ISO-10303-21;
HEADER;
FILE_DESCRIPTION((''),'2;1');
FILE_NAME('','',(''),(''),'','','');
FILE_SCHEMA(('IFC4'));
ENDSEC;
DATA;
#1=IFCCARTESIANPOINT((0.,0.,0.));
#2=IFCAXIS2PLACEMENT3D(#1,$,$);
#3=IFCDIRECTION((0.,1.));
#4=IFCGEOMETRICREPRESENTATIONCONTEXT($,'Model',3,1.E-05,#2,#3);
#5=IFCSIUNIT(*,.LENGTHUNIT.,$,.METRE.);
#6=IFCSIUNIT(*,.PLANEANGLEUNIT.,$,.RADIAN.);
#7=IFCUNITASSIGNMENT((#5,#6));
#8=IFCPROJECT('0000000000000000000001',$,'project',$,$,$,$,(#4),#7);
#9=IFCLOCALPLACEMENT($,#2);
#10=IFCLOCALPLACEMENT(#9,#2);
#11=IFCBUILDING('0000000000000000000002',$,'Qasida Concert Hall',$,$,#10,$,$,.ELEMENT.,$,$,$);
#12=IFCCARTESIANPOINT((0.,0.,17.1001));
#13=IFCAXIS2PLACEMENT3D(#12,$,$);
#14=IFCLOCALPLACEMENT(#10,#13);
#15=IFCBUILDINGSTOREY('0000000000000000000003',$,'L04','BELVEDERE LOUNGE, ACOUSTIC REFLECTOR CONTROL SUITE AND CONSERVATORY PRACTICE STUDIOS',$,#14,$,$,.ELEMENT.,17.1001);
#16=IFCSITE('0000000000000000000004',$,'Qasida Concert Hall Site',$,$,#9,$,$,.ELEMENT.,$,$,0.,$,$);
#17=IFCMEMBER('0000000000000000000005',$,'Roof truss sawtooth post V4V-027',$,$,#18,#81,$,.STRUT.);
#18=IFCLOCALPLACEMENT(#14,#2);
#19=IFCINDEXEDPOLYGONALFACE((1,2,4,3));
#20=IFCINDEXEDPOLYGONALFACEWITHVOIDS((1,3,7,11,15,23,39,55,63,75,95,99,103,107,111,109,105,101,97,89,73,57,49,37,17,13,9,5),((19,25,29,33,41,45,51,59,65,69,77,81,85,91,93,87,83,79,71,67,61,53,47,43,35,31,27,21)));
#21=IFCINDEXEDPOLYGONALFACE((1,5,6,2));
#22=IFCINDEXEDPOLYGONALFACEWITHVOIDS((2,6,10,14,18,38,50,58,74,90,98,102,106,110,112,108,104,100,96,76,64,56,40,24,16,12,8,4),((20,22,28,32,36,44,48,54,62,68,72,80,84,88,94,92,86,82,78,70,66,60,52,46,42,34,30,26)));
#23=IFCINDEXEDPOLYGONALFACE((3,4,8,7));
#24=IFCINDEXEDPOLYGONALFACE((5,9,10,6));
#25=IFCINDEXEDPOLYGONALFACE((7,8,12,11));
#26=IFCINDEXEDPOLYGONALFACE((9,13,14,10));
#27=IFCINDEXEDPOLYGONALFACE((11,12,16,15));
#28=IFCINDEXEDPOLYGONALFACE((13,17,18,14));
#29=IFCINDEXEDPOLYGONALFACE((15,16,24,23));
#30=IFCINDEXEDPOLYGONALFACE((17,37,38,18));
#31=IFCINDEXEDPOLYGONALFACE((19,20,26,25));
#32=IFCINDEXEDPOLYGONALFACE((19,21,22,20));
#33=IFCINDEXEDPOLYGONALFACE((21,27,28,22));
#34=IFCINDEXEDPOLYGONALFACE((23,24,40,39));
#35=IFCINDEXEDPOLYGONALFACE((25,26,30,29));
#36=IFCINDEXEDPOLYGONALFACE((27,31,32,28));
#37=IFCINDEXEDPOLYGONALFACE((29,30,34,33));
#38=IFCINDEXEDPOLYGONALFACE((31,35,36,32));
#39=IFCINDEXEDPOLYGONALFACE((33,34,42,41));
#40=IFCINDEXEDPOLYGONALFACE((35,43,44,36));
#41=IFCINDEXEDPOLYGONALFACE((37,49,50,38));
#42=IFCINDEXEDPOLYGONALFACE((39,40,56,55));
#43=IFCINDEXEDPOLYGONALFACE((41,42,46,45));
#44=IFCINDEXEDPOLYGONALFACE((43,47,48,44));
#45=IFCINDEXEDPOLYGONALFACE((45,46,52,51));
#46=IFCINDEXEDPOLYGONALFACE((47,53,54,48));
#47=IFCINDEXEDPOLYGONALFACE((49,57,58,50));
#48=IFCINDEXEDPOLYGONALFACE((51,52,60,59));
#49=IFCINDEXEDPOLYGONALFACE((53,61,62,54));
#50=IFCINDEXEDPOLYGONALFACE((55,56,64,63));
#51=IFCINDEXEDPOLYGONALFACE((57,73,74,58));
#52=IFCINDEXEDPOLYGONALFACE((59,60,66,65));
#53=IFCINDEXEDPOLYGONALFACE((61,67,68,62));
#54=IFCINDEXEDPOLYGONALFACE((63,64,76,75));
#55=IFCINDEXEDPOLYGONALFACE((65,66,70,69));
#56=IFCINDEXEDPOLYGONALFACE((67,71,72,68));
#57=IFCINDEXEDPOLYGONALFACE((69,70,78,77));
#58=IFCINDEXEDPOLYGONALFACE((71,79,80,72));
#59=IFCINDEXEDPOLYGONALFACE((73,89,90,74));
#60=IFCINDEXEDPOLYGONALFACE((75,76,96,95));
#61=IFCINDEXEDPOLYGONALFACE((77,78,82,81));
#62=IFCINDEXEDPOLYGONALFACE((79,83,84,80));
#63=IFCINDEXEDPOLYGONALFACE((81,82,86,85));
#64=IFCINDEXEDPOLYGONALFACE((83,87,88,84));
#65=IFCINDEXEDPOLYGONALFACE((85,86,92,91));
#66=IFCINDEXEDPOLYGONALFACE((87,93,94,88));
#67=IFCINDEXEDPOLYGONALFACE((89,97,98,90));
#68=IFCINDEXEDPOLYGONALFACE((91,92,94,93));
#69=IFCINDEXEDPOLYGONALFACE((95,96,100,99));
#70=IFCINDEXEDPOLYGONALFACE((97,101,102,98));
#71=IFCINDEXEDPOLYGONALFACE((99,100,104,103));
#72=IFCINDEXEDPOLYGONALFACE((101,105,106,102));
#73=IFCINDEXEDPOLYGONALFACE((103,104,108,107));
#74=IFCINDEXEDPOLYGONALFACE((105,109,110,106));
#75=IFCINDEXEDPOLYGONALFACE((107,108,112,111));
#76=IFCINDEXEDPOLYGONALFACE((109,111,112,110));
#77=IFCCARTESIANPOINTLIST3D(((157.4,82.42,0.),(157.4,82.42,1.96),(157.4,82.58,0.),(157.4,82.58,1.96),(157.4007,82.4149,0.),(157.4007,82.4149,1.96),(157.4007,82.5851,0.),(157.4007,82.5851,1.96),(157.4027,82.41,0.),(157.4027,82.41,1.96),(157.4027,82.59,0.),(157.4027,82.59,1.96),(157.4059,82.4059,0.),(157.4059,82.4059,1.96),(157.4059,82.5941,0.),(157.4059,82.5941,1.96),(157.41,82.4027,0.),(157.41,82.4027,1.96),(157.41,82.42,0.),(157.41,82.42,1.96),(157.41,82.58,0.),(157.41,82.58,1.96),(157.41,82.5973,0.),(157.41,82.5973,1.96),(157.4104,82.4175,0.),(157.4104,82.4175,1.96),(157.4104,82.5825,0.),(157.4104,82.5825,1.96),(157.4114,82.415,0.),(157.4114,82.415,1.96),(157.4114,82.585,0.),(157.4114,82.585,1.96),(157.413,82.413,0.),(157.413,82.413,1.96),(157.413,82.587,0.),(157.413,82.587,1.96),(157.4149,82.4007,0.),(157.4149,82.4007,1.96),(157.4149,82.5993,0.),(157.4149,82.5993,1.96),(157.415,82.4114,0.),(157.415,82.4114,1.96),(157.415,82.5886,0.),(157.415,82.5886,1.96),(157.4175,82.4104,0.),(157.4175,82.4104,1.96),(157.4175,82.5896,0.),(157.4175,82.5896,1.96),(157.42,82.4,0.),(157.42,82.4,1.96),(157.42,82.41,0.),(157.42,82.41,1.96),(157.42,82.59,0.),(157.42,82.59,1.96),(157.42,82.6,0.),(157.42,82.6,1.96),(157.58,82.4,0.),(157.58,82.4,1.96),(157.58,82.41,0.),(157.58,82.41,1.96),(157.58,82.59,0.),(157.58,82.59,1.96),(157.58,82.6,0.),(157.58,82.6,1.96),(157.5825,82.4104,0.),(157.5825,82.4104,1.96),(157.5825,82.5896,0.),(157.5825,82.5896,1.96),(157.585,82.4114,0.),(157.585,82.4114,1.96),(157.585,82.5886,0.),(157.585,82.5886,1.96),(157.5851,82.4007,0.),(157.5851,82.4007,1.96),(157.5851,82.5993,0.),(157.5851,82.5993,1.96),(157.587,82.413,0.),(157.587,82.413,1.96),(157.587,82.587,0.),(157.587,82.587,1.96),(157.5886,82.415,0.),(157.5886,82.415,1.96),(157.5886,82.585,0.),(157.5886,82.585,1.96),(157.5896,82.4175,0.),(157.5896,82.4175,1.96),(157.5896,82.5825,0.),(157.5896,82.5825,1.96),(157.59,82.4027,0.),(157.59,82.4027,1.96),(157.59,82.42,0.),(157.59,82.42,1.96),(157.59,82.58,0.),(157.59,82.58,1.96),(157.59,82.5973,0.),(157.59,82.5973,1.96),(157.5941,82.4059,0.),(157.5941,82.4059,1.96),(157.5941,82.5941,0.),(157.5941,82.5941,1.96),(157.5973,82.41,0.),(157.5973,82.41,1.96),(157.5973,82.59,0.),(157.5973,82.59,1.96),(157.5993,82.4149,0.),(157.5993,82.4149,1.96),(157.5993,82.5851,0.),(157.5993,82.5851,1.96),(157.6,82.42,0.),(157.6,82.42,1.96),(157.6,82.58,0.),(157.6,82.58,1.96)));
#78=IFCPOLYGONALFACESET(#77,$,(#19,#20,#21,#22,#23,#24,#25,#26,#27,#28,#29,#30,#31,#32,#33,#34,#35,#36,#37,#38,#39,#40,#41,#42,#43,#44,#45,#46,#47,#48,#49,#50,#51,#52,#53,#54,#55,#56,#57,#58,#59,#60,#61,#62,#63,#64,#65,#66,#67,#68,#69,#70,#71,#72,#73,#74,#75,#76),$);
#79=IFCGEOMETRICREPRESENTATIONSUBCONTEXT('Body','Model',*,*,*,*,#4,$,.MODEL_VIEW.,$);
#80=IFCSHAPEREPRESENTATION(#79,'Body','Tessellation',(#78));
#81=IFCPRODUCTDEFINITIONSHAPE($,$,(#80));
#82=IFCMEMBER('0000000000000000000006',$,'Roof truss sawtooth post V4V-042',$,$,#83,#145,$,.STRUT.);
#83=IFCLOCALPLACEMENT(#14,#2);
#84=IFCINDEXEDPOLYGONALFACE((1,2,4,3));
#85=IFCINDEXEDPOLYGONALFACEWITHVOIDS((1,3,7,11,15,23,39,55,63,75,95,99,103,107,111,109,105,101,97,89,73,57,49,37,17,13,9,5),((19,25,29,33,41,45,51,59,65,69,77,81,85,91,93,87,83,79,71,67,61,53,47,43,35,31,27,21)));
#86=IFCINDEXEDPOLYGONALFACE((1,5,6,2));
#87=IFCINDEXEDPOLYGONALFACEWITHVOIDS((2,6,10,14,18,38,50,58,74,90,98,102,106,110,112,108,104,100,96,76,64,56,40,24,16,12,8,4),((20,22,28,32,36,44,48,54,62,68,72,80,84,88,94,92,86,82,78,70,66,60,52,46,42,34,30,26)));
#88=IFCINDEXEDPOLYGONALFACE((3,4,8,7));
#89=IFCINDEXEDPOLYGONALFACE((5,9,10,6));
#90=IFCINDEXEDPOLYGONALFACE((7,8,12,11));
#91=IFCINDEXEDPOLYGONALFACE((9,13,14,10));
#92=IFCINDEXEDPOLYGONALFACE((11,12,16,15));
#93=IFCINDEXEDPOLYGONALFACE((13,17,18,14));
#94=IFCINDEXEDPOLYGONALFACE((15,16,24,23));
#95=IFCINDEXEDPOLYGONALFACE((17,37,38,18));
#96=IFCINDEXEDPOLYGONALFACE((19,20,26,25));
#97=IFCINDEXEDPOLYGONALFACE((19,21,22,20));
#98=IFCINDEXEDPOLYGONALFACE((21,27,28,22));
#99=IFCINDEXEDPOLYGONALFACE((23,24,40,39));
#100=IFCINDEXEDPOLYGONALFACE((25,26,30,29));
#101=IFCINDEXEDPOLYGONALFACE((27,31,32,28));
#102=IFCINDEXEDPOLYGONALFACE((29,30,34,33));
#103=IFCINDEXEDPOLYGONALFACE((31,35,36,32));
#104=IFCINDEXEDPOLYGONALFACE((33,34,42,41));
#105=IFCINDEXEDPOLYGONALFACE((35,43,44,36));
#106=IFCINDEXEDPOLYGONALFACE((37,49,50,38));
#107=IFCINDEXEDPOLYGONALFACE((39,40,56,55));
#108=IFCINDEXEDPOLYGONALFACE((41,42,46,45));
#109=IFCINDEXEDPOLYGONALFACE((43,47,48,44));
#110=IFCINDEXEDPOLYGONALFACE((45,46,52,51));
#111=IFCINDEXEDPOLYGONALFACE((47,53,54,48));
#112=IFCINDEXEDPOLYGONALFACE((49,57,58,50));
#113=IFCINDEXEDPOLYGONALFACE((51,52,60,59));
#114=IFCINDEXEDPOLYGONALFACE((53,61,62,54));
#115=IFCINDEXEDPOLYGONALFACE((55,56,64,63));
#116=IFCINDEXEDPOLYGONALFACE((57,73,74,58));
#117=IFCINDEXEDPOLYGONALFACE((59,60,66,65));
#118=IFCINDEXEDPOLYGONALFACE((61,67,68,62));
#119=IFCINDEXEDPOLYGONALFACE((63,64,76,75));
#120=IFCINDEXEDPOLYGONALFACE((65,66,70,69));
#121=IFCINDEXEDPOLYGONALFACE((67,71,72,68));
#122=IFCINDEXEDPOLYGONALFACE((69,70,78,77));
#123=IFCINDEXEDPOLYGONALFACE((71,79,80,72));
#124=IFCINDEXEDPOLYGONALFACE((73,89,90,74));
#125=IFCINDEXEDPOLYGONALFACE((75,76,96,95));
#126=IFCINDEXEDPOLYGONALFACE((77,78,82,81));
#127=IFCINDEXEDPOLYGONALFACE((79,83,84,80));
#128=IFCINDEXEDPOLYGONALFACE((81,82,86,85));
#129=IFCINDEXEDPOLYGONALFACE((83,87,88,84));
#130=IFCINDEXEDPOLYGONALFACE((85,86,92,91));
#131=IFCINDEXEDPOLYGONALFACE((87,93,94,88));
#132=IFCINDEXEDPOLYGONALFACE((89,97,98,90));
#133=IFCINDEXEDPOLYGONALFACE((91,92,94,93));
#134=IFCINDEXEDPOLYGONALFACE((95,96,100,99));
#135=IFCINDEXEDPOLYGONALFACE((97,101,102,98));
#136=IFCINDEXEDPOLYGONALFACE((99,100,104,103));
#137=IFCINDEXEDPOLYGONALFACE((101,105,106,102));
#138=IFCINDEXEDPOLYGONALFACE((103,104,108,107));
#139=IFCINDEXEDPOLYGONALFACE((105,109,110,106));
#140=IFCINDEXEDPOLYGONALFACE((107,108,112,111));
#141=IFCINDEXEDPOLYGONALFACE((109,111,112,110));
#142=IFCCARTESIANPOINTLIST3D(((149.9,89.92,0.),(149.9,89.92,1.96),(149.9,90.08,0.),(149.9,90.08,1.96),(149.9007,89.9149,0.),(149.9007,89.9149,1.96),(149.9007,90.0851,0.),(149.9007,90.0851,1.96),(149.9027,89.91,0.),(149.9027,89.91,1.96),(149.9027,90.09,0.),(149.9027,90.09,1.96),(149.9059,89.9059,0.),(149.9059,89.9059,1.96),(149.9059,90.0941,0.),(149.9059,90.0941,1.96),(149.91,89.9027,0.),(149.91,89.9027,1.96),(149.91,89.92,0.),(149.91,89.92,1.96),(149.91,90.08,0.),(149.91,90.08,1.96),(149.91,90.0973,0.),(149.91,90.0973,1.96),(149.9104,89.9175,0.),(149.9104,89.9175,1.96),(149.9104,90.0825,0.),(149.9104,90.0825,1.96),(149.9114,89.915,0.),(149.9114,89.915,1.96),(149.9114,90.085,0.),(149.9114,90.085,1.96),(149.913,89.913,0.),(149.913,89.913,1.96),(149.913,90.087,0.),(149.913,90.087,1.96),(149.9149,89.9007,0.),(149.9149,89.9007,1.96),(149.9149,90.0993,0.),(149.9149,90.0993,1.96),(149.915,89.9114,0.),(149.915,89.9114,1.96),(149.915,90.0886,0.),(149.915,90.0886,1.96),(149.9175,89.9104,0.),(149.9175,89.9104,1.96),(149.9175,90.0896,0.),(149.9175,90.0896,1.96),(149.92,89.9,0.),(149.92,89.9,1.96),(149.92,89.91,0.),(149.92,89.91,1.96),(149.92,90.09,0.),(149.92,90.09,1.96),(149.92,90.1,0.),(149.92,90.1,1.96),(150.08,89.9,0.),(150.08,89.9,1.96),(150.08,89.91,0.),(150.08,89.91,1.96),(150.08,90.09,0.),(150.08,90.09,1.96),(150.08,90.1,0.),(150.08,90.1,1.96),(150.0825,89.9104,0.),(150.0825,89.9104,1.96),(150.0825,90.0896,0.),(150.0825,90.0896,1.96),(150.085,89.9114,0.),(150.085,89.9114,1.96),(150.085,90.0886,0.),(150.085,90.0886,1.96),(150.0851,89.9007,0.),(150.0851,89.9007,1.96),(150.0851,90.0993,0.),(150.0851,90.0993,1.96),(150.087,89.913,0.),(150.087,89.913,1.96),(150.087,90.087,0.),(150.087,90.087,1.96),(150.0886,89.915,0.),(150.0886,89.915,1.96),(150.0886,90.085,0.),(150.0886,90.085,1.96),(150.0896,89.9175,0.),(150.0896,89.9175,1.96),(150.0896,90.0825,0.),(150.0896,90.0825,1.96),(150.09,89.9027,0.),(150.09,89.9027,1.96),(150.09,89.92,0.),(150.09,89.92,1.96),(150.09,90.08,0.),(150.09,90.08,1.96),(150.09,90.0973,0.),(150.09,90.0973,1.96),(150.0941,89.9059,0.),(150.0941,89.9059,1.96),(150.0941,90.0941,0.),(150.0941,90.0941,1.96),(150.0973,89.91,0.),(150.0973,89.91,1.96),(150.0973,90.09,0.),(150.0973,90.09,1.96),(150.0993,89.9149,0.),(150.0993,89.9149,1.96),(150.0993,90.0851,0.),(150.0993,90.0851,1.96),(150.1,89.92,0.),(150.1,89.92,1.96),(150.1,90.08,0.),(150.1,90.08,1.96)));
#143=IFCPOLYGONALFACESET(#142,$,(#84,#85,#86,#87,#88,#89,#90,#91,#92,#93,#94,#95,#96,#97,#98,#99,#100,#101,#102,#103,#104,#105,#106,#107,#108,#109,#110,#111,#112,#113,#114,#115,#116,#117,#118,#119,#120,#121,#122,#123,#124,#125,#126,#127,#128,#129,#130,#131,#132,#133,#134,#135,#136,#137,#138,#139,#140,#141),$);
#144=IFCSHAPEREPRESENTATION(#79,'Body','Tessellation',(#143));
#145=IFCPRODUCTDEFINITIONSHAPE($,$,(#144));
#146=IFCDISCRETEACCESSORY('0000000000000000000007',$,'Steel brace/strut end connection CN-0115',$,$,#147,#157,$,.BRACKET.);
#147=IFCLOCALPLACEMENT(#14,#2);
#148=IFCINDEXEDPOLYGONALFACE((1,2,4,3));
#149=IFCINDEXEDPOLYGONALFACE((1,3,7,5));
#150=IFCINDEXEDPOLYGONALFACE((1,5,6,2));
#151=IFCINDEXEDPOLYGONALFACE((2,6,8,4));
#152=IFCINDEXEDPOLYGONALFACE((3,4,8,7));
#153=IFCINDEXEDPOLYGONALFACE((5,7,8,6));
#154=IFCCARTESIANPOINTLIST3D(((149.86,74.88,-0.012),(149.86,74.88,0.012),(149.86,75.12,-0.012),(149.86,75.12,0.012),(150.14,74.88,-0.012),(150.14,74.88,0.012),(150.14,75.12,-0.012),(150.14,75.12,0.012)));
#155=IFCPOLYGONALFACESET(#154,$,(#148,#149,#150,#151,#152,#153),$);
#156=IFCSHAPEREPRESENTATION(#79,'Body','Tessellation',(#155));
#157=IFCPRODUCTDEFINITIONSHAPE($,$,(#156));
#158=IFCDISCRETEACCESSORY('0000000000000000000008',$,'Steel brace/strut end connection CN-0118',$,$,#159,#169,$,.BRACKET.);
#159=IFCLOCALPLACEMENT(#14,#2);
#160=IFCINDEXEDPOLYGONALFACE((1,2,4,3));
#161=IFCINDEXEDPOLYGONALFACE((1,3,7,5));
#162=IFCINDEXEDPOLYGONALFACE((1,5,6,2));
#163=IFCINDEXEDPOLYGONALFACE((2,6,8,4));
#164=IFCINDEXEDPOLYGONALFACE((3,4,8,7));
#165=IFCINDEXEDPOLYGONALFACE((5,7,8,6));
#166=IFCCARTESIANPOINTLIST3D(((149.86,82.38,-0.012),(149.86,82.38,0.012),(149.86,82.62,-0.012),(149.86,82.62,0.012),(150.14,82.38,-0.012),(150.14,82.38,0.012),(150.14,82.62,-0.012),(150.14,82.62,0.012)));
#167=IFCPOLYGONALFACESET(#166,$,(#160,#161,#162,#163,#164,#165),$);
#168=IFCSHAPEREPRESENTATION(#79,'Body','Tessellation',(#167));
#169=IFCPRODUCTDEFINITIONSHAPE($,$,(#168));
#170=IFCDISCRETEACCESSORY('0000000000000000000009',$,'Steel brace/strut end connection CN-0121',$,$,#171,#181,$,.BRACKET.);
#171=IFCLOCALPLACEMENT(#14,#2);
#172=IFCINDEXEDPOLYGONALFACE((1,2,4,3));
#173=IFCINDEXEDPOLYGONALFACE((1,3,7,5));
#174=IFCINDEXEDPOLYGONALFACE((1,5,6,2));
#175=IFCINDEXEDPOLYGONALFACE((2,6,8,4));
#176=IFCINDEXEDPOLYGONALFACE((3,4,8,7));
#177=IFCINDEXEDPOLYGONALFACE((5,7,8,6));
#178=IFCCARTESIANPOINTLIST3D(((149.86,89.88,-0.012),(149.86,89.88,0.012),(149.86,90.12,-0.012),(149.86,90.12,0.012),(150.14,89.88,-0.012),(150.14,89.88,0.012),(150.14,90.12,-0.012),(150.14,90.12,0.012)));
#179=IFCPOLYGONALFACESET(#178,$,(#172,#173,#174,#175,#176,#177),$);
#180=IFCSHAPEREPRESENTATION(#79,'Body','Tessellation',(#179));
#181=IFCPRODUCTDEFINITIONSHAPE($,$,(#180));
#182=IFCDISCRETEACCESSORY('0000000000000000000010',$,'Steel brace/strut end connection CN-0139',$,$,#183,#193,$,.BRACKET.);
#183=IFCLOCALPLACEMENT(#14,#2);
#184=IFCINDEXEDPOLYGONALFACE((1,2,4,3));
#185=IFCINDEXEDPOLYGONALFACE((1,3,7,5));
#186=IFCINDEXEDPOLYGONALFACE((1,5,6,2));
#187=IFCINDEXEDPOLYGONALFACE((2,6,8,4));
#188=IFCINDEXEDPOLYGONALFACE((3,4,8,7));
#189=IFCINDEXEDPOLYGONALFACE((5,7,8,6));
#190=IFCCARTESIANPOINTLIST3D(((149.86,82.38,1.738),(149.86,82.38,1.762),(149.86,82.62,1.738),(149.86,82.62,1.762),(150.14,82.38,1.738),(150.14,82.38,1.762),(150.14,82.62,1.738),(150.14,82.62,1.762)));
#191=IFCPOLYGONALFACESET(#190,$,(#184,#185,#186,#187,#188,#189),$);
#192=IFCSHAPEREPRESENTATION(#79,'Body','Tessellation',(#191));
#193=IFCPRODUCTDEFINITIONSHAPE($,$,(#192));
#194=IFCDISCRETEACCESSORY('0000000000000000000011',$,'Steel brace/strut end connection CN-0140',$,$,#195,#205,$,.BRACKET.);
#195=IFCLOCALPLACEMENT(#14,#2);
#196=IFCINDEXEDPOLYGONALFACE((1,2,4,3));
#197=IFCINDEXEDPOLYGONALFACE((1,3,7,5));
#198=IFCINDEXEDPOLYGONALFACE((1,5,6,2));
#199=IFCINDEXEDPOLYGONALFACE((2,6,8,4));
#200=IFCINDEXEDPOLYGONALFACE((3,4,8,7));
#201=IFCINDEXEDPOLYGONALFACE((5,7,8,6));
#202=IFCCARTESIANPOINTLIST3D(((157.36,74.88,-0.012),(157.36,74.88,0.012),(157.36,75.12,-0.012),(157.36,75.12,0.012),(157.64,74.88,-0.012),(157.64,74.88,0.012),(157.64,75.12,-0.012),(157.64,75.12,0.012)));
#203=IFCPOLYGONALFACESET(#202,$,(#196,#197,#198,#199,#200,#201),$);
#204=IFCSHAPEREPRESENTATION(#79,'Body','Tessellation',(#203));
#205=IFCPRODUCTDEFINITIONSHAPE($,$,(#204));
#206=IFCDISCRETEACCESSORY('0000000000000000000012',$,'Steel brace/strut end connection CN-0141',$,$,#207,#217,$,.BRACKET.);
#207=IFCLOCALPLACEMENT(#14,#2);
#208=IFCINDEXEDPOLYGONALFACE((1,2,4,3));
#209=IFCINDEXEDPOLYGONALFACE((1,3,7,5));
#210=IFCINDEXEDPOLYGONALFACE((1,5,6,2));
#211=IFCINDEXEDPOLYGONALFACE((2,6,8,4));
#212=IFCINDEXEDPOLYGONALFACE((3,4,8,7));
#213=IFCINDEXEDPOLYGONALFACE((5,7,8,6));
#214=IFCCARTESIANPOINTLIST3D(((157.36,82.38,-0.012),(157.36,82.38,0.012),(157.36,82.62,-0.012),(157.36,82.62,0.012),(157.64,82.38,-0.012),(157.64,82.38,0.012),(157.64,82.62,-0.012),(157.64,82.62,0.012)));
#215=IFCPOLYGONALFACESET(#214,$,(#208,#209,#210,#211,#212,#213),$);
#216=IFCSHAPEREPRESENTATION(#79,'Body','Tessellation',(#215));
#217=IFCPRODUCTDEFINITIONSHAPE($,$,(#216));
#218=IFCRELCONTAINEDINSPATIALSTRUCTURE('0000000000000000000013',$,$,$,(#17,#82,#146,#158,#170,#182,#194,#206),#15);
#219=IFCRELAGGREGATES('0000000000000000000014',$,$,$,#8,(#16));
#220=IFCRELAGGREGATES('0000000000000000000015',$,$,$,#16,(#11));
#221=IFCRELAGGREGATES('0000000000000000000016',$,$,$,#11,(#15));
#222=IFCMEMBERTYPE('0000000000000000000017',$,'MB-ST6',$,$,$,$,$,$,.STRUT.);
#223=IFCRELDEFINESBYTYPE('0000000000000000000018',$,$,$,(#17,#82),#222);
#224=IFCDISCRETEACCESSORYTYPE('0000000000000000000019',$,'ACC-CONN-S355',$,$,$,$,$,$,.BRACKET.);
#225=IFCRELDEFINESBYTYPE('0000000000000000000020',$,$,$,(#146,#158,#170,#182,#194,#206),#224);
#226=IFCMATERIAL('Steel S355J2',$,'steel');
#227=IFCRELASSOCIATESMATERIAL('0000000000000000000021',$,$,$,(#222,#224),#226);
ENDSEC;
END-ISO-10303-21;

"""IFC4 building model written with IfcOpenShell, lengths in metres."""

from ifc_helpers import new_model, si_unit, direction, frame, origin, origin_2d, place, context, subcontext, project, spatial, rectangle, hollow_rectangle, extrude, material, material_profile, profile_set, type_object, element, save


model = new_model("IFC4")

# Units and contexts
model_context = context("Model", 3, precision=1e-05, world=origin(), true_north=direction((0.0, 1.0)))
body_context = subcontext(model_context, "Body", "Model", "MODEL_VIEW")
ifc_project = project(units=[si_unit("LENGTHUNIT", "METRE"), si_unit("PLANEANGLEUNIT", "RADIAN")], contexts=[model_context])

# Site, building, storey
site_placement = place(None, origin())
site = spatial("IfcSite", under=ifc_project, at=site_placement, Name="Qasida Concert Hall Site", CompositionType="ELEMENT", RefElevation=0.0)
building_placement = place(site_placement, origin())
building = spatial("IfcBuilding", under=site, at=building_placement, Name="Qasida Concert Hall", CompositionType="ELEMENT")
storey_placement = place(building_placement, frame((0.0, 0.0, 17.1001)))
storey = spatial("IfcBuildingStorey", under=building, at=storey_placement, Name="L04", Description="BELVEDERE LOUNGE, ACOUSTIC REFLECTOR CONTROL SUITE AND CONSERVATORY PRACTICE STUDIOS", CompositionType="ELEMENT", Elevation=17.1001)

# Members
ifc_material = material(Name="Steel S355J2", Category="steel")
ifc_material_profile_1 = material_profile(ifc_material, hollow_rectangle(XDim=0.2, YDim=0.2, WallThickness=0.01, InnerFilletRadius=0.01, OuterFilletRadius=0.02, at=origin_2d()), Name="SHS 200x200x10")
ifc_profile_set_1 = profile_set([ifc_material_profile_1], Name="Steel S355J2")
member_type_1 = type_object("IfcMemberType", Name="MB-ST6", PredefinedType="STRUT", material=ifc_profile_set_1)
for number, where, z_axis, x_axis, name in (
    (1, (157.5, 82.5, 0.0), (0.0, 0.0, 1.0), (1.0, 0.0, 0.0), "Roof truss sawtooth post V4V-027"),
    (2, (150.0, 90.0, 0.0), (0.0, 0.0, 1.0), (1.0, 0.0, 0.0), "Roof truss sawtooth post V4V-042"),
):
    element("IfcMember", number, at=place(storey_placement, frame(where, z_axis=z_axis, x_axis=x_axis)), inside=storey, type_object=member_type_1, Name=name, PredefinedType="STRUT", context=body_context, shape_type="SweptSolid", body=[
        extrude(hollow_rectangle(XDim=0.2, YDim=0.2, WallThickness=0.01, InnerFilletRadius=0.01, OuterFilletRadius=0.02, at=origin_2d()), origin(), (0.0, 0.0, 1.0), 1.96),
    ])

# Discrete accessories
discrete_accessory_type = type_object("IfcDiscreteAccessoryType", Name="ACC-CONN-S355", PredefinedType="BRACKET", material=ifc_material)
for number, where, z_axis, x_axis, name in (
    (3, (150.0, 75.0, -0.012), (0.0, 0.0, 1.0), (1.0, 0.0, 0.0), "Steel brace/strut end connection CN-0115"),
    (4, (150.0, 82.5, -0.012), (0.0, 0.0, 1.0), (1.0, 0.0, 0.0), "Steel brace/strut end connection CN-0118"),
    (5, (150.0, 90.0, -0.012), (0.0, 0.0, 1.0), (1.0, 0.0, 0.0), "Steel brace/strut end connection CN-0121"),
    (6, (150.0, 82.5, 1.738), (0.0, 0.0, 1.0), (1.0, 0.0, 0.0), "Steel brace/strut end connection CN-0139"),
    (7, (157.5, 75.0, -0.012), (0.0, 0.0, 1.0), (1.0, 0.0, 0.0), "Steel brace/strut end connection CN-0140"),
    (8, (157.5, 82.5, -0.012), (0.0, 0.0, 1.0), (1.0, 0.0, 0.0), "Steel brace/strut end connection CN-0141"),
):
    element("IfcDiscreteAccessory", number, at=place(storey_placement, frame(where, z_axis=z_axis, x_axis=x_axis)), inside=storey, type_object=discrete_accessory_type, Name=name, PredefinedType="BRACKET", context=body_context, shape_type="SweptSolid", body=[
        extrude(rectangle(XDim=0.28, YDim=0.24, at=origin_2d()), origin(), (0.0, 0.0, 1.0), 0.0239),
    ])

save(model, "model.ifc")
